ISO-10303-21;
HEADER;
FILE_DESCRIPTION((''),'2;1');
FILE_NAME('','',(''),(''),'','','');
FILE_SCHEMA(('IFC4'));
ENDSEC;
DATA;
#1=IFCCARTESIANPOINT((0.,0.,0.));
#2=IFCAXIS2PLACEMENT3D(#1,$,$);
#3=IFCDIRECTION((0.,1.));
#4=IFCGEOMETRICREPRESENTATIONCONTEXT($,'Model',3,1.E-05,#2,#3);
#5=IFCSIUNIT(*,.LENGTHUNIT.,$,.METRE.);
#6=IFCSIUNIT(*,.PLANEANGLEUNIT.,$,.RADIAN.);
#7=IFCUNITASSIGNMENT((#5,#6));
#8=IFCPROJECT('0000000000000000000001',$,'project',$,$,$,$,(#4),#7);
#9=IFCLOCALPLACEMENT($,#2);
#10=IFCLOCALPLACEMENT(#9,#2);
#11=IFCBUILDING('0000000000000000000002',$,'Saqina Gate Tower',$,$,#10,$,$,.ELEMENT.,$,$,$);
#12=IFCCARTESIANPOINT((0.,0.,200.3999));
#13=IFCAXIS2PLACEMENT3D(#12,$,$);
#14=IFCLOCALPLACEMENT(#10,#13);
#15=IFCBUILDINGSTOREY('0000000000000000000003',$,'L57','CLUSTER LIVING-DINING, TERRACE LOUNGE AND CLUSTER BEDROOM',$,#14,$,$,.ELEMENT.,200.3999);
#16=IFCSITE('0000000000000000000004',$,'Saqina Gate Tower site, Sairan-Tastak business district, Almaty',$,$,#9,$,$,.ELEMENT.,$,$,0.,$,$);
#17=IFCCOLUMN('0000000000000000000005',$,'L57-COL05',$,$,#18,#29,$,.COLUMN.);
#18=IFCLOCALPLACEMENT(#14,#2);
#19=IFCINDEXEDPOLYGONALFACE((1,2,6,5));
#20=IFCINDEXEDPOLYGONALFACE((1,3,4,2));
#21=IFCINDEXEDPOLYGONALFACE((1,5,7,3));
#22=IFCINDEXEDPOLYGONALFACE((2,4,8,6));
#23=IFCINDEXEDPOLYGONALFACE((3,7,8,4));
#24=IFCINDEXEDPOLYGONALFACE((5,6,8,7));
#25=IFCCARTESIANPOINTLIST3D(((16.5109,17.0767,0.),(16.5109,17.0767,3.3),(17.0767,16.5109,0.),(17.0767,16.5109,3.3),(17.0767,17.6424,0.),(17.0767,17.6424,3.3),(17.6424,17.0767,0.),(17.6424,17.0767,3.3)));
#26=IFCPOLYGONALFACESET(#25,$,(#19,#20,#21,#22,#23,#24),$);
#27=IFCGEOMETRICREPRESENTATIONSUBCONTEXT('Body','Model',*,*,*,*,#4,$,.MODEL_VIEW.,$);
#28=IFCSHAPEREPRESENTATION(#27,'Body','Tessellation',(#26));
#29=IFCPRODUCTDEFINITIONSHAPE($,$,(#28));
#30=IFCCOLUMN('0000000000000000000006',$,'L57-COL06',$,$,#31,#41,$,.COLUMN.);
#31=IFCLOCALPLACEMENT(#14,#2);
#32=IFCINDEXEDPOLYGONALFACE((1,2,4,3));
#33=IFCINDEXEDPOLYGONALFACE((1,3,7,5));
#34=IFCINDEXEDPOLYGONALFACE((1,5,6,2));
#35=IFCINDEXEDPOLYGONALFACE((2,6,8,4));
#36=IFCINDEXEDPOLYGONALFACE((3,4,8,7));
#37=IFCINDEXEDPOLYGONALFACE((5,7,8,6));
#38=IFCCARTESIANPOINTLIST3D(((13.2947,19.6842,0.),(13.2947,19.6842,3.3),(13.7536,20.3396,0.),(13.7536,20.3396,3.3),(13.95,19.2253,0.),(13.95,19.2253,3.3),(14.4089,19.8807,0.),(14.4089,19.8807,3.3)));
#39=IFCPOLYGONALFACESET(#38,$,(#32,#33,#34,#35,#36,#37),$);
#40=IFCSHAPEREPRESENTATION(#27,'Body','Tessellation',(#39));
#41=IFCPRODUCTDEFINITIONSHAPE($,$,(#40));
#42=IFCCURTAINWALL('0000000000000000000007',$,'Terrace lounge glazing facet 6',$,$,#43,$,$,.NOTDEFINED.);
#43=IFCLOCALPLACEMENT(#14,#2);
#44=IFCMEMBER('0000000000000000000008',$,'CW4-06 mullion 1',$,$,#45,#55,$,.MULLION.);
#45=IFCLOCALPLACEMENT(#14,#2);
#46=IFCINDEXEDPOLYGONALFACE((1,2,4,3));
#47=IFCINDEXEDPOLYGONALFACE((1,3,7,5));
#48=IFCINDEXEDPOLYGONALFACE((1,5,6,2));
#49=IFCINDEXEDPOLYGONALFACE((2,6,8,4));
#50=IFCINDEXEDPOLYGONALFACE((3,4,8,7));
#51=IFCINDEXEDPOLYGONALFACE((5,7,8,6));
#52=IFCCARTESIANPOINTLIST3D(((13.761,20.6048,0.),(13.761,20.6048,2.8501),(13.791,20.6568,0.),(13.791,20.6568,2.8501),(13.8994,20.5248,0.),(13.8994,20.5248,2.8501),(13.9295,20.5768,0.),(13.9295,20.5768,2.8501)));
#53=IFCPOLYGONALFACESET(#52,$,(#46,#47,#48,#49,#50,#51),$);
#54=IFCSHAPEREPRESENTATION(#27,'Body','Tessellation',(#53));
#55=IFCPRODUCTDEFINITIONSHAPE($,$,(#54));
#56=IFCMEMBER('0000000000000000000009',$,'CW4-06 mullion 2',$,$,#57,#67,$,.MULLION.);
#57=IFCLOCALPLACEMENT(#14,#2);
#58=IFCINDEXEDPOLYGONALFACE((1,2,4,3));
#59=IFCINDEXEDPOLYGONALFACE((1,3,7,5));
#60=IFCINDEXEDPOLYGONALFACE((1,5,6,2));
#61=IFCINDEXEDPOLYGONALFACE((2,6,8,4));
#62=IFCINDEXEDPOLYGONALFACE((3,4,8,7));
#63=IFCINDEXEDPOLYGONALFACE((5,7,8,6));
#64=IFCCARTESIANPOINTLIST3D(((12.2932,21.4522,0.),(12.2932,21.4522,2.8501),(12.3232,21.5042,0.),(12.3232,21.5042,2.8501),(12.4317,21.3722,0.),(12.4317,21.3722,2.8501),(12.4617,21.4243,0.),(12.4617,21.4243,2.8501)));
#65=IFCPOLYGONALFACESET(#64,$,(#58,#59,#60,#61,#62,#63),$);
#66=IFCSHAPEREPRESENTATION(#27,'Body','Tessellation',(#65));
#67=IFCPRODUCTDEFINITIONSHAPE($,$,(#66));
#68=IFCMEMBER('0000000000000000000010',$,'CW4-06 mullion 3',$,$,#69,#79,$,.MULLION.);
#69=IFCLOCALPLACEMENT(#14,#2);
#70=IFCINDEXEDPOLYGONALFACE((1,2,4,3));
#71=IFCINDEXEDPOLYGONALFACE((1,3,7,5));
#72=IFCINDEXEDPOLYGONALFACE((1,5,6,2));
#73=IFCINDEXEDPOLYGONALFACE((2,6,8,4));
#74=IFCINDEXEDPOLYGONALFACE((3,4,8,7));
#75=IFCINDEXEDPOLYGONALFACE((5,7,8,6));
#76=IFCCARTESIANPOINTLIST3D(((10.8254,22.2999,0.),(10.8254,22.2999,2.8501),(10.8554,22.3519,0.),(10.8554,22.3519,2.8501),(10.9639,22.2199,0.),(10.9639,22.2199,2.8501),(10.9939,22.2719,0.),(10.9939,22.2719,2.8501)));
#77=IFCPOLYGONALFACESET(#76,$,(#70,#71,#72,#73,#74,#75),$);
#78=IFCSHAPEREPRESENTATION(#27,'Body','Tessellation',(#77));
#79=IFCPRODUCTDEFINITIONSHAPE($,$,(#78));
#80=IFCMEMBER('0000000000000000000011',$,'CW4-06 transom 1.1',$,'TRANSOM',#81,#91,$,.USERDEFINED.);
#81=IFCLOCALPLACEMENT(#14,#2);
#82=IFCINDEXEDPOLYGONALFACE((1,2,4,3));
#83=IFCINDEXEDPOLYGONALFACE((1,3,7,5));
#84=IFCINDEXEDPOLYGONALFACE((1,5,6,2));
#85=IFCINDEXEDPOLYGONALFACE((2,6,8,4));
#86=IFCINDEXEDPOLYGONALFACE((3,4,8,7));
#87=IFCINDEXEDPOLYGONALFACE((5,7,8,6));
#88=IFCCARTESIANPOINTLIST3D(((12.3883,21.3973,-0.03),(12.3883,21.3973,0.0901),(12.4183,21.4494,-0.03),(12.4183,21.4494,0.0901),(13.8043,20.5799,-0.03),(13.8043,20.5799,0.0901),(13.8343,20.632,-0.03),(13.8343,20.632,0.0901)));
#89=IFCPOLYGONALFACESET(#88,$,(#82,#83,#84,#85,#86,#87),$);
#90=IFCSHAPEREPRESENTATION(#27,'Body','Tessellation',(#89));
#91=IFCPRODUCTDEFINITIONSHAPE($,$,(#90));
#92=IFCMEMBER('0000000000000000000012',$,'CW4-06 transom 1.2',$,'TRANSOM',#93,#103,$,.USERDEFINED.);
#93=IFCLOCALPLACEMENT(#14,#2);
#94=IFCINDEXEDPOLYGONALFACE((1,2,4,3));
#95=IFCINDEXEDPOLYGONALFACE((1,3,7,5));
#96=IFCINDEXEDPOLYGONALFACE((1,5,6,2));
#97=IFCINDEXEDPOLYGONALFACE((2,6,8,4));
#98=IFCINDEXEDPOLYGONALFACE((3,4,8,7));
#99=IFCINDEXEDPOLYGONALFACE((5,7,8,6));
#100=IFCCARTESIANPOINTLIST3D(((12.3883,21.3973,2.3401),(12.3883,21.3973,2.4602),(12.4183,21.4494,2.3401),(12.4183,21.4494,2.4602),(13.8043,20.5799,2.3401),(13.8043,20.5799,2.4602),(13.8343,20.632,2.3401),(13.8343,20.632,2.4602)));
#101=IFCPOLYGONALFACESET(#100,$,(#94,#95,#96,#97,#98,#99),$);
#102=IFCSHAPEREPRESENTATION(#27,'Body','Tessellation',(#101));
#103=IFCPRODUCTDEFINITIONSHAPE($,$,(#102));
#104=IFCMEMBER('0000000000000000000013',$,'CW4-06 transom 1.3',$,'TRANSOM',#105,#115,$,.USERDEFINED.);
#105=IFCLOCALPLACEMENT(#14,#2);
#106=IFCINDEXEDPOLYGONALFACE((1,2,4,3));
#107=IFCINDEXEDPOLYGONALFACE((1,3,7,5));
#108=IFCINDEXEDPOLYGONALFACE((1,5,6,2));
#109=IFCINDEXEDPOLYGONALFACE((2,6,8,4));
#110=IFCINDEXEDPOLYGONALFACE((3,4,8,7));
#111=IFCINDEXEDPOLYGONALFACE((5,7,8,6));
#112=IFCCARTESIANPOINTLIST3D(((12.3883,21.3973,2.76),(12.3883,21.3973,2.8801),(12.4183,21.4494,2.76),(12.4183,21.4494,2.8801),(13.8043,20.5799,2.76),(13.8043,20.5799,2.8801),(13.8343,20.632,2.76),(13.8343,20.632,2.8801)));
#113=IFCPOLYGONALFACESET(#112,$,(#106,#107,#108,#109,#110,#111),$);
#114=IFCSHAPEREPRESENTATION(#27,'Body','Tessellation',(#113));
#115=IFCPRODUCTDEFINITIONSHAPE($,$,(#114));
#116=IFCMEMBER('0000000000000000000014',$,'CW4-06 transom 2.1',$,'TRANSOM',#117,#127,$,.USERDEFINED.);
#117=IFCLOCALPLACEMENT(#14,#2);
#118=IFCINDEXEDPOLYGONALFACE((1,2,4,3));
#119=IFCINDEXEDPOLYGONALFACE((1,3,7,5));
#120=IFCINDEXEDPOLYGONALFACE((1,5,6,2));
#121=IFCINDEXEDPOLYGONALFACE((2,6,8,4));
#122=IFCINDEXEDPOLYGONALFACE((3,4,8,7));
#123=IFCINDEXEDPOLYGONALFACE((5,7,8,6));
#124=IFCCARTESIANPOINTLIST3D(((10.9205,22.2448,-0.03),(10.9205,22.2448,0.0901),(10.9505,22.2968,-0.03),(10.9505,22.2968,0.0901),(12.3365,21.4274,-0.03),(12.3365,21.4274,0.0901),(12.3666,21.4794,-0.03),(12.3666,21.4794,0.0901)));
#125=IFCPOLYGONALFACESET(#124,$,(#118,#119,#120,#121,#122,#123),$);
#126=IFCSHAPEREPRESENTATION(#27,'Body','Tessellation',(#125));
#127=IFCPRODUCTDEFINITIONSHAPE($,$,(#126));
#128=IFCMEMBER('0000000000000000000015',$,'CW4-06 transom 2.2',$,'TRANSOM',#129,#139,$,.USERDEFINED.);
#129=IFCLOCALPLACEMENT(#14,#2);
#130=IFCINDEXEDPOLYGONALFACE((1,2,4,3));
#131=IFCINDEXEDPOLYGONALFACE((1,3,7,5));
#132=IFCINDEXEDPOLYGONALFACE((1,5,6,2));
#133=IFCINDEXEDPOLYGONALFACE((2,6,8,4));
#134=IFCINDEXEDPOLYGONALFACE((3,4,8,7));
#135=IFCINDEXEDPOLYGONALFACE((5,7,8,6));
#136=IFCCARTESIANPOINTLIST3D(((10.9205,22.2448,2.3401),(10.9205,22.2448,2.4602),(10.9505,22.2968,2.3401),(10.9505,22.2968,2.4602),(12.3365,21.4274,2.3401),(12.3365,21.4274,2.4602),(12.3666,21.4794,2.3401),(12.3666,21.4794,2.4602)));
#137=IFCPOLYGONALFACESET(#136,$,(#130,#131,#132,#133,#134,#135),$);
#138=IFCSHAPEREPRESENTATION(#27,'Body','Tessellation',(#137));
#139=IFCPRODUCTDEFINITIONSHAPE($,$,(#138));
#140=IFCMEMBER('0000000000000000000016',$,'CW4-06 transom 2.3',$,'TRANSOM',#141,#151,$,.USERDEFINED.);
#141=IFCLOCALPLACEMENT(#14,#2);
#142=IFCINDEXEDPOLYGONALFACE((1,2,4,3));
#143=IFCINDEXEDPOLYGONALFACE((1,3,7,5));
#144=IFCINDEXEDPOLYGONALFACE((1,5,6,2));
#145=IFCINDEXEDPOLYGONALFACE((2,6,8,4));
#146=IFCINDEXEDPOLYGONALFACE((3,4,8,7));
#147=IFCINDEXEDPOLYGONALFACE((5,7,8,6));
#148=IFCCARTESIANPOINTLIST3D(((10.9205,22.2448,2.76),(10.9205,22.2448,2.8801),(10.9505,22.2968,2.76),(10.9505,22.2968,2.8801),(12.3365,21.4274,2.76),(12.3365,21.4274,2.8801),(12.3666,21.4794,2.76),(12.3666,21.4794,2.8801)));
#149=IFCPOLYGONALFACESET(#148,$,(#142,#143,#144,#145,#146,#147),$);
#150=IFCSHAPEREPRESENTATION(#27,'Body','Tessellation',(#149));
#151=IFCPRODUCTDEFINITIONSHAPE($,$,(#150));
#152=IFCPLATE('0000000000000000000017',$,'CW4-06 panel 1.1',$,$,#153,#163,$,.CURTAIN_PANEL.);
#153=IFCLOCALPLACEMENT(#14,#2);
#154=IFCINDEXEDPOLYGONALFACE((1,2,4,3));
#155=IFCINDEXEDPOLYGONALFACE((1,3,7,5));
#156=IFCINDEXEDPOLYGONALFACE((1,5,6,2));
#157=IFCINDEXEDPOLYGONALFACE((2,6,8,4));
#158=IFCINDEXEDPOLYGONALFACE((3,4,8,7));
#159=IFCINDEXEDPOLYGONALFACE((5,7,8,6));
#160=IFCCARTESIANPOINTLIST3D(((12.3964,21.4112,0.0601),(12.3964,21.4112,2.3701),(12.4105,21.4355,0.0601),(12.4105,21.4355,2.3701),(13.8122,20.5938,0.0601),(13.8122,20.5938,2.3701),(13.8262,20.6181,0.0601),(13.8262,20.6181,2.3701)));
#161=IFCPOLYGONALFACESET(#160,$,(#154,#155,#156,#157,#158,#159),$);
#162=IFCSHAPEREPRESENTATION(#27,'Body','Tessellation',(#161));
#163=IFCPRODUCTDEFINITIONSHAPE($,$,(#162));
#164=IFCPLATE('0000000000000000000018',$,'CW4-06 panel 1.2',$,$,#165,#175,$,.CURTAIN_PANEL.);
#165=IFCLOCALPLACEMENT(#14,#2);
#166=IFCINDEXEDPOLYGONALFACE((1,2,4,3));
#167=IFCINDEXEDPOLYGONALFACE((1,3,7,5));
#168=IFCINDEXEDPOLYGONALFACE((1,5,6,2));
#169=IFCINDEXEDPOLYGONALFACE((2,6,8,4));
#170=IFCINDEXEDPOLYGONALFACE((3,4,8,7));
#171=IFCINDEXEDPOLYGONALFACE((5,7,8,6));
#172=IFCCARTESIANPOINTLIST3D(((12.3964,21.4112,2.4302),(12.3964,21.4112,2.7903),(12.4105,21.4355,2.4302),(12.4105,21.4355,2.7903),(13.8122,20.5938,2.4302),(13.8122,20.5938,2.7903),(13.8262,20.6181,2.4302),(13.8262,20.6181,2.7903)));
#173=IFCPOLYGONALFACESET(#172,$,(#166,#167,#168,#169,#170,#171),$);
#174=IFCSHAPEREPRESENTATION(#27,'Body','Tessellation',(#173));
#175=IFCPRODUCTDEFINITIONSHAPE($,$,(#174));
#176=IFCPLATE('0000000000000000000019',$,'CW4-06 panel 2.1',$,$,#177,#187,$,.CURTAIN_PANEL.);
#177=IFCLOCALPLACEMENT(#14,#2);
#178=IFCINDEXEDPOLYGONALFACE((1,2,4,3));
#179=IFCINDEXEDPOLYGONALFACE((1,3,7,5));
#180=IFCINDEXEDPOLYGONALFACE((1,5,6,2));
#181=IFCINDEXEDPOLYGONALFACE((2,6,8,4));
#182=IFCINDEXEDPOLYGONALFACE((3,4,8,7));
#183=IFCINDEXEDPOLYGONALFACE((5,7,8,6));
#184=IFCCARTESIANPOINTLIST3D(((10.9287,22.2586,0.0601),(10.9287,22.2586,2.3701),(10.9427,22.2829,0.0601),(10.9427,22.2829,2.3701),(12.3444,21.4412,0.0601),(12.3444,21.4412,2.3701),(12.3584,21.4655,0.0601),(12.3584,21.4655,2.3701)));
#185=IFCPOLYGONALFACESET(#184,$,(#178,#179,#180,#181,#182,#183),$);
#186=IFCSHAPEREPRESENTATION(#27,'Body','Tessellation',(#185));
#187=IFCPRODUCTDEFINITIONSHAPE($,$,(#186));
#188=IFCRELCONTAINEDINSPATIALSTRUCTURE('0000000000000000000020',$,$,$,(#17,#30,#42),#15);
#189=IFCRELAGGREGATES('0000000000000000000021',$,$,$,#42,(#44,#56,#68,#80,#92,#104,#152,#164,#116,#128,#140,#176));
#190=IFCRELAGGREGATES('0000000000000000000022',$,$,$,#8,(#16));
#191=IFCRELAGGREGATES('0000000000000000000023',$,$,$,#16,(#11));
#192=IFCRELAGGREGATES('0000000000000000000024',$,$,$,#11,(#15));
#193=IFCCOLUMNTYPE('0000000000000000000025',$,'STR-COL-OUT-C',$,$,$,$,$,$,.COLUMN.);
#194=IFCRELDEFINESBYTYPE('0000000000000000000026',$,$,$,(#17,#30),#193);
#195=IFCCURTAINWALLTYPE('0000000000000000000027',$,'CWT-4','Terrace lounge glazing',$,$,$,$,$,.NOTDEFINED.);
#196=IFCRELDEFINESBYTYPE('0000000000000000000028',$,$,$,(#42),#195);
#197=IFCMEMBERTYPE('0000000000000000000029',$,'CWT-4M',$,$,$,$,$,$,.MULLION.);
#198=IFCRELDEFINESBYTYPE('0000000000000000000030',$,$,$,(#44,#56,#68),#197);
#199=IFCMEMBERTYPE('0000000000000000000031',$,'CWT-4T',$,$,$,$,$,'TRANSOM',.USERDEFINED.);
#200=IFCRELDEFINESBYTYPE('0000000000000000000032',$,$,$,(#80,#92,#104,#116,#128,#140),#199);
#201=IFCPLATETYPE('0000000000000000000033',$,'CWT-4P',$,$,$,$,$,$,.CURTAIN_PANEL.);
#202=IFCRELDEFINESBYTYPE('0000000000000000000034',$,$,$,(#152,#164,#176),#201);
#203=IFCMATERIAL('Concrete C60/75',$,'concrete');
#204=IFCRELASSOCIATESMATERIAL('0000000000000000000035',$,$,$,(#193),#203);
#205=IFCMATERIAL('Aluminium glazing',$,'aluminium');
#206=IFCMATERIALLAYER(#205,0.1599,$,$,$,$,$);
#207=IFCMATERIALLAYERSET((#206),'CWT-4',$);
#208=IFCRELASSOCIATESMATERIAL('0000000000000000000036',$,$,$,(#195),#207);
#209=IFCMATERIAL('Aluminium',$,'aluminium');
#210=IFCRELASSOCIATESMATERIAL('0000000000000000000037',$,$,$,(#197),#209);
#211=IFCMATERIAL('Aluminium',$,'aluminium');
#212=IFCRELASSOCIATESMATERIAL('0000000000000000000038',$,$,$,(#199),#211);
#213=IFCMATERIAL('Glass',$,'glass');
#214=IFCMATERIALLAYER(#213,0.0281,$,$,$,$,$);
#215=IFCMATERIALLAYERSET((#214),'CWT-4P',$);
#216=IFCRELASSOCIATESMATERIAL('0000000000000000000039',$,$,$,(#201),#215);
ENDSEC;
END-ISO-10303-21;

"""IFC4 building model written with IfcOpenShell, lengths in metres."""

from ifc_helpers import new_model, si_unit, direction, frame, origin, origin_2d, place, context, subcontext, project, spatial, rectangle, extrude, material, layer, layer_set, material_profile, profile_set, type_object, element, aggregate, save


model = new_model("IFC4")

# Units and contexts
model_context = context("Model", 3, precision=1e-05, world=origin(), true_north=direction((0.0, 1.0)))
body_context = subcontext(model_context, "Body", "Model", "MODEL_VIEW")
ifc_project = project(units=[si_unit("LENGTHUNIT", "METRE"), si_unit("PLANEANGLEUNIT", "RADIAN")], contexts=[model_context])

# Site, building, storey
site_placement = place(None, origin())
site = spatial("IfcSite", under=ifc_project, at=site_placement, Name="Saqina Gate Tower site, Sairan-Tastak business district, Almaty", CompositionType="ELEMENT", RefElevation=0.0)
building_placement = place(site_placement, origin())
building = spatial("IfcBuilding", under=site, at=building_placement, Name="Saqina Gate Tower", CompositionType="ELEMENT")
storey_placement = place(building_placement, frame((0.0, 0.0, 200.3999)))
storey = spatial("IfcBuildingStorey", under=building, at=storey_placement, Name="L57", Description="CLUSTER LIVING-DINING, TERRACE LOUNGE AND CLUSTER BEDROOM", CompositionType="ELEMENT", Elevation=200.3999)

# Columns
ifc_material_1 = material(Name="Concrete C60/75", Category="concrete")
ifc_material_profile_1 = material_profile(ifc_material_1, rectangle(XDim=0.8, YDim=0.8, at=origin_2d()), Name="RC 800x800")
ifc_profile_set_1 = profile_set([ifc_material_profile_1], Name="Concrete C60/75")
column_type = type_object("IfcColumnType", Name="STR-COL-OUT-C", PredefinedType="COLUMN", material=ifc_profile_set_1)
for number, where, z_axis, x_axis, name in (
    (1, (17.0767, 17.0767, 0.0), (0.0, 0.0, 1.0), (0.707107, 0.707107, 0.0), "L57-COL05"),
    (2, (13.8518, 19.7825, 0.0), (0.0, 0.0, 1.0), (0.573576, 0.819152, 0.0), "L57-COL06"),
):
    element("IfcColumn", number, at=place(storey_placement, frame(where, z_axis=z_axis, x_axis=x_axis)), inside=storey, type_object=column_type, Name=name, PredefinedType="COLUMN", context=body_context, shape_type="SweptSolid", body=[
        extrude(rectangle(XDim=0.8, YDim=0.8, at=origin_2d()), origin(), (0.0, 0.0, 1.0), 3.3),
    ])

# Curtain wall, members, plates
ifc_material_2 = material(Name="Aluminium glazing", Category="aluminium")
ifc_layer_1 = layer(ifc_material_2, 0.1599)
ifc_layer_set_1 = layer_set([ifc_layer_1], Name="CWT-4")
curtain_wall_type = type_object("IfcCurtainWallType", Name="CWT-4", Description="Terrace lounge glazing", PredefinedType="NOTDEFINED", material=ifc_layer_set_1)
curtain_wall_placement = place(storey_placement, origin())
curtain_wall = element("IfcCurtainWall", 3, at=curtain_wall_placement, inside=storey, type_object=curtain_wall_type, Name="Terrace lounge glazing facet 6", PredefinedType="NOTDEFINED")
ifc_material_3 = material(Name="Aluminium", Category="aluminium")
ifc_material_profile_2 = material_profile(ifc_material_3, rectangle(XDim=0.0601, YDim=0.1599, at=origin_2d()), Name="Aluminium 60x160")
ifc_profile_set_2 = profile_set([ifc_material_profile_2], Name="Aluminium")
member_type_1 = type_object("IfcMemberType", Name="CWT-4M", PredefinedType="MULLION", material=ifc_profile_set_2)
member_1_placement = place(storey_placement, frame((13.8452, 20.5908, 0.0), z_axis=(0.0, 0.0, 1.0), x_axis=(-0.500014, -0.866017, 0.0)))
member_1 = element("IfcMember", 4, at=member_1_placement, type_object=member_type_1, Name="CW4-06 mullion 1", PredefinedType="MULLION", context=body_context, shape_type="SweptSolid", body=[
    extrude(rectangle(XDim=0.0601, YDim=0.1599, at=origin_2d()), origin(), (0.0, 0.0, 1.0), 2.8501),
])
member_2_placement = place(storey_placement, frame((12.3774, 21.4382, 0.0), z_axis=(0.0, 0.0, 1.0), x_axis=(-0.500014, -0.866017, 0.0)))
member_2 = element("IfcMember", 5, at=member_2_placement, type_object=member_type_1, Name="CW4-06 mullion 2", PredefinedType="MULLION", context=body_context, shape_type="SweptSolid", body=[
    extrude(rectangle(XDim=0.0601, YDim=0.1599, at=origin_2d()), origin(), (0.0, 0.0, 1.0), 2.8501),
])
member_3_placement = place(storey_placement, frame((10.9097, 22.2859, 0.0), z_axis=(0.0, 0.0, 1.0), x_axis=(-0.500014, -0.866017, 0.0)))
member_3 = element("IfcMember", 6, at=member_3_placement, type_object=member_type_1, Name="CW4-06 mullion 3", PredefinedType="MULLION", context=body_context, shape_type="SweptSolid", body=[
    extrude(rectangle(XDim=0.0601, YDim=0.1599, at=origin_2d()), origin(), (0.0, 0.0, 1.0), 2.8501),
])
ifc_material_4 = material(Name="Aluminium", Category="aluminium")
ifc_material_profile_3 = material_profile(ifc_material_4, rectangle(XDim=0.0601, YDim=0.1201, at=origin_2d()), Name="Aluminium 60x120")
ifc_profile_set_3 = profile_set([ifc_material_profile_3], Name="Aluminium")
member_type_2 = type_object("IfcMemberType", Name="CWT-4T", ElementType="TRANSOM", PredefinedType="USERDEFINED", material=ifc_profile_set_3)
member_4_placement = place(storey_placement, frame((13.8193, 20.606, 0.03), z_axis=(-0.866066, 0.499929, 0.0), x_axis=(-0.499929, -0.866066, 0.0)))
member_4 = element("IfcMember", 7, at=member_4_placement, type_object=member_type_2, Name="CW4-06 transom 1.1", ObjectType="TRANSOM", PredefinedType="USERDEFINED", context=body_context, shape_type="SweptSolid", body=[
    extrude(rectangle(XDim=0.0601, YDim=0.1201, at=origin_2d()), origin(), (0.0, 0.0, 1.0), 1.635),
])
member_5_placement = place(storey_placement, frame((13.8193, 20.606, 2.4001), z_axis=(-0.866066, 0.499929, 0.0), x_axis=(-0.499929, -0.866066, 0.0)))
member_5 = element("IfcMember", 8, at=member_5_placement, type_object=member_type_2, Name="CW4-06 transom 1.2", ObjectType="TRANSOM", PredefinedType="USERDEFINED", context=body_context, shape_type="SweptSolid", body=[
    extrude(rectangle(XDim=0.0601, YDim=0.1201, at=origin_2d()), origin(), (0.0, 0.0, 1.0), 1.635),
])
member_6_placement = place(storey_placement, frame((13.8193, 20.606, 2.8201), z_axis=(-0.866066, 0.499929, 0.0), x_axis=(-0.499929, -0.866066, 0.0)))
member_6 = element("IfcMember", 9, at=member_6_placement, type_object=member_type_2, Name="CW4-06 transom 1.3", ObjectType="TRANSOM", PredefinedType="USERDEFINED", context=body_context, shape_type="SweptSolid", body=[
    extrude(rectangle(XDim=0.0601, YDim=0.1201, at=origin_2d()), origin(), (0.0, 0.0, 1.0), 1.635),
])
member_7_placement = place(storey_placement, frame((12.3516, 21.4534, 0.03), z_axis=(-0.866066, 0.499929, 0.0), x_axis=(-0.499929, -0.866066, 0.0)))
member_7 = element("IfcMember", 10, at=member_7_placement, type_object=member_type_2, Name="CW4-06 transom 2.1", ObjectType="TRANSOM", PredefinedType="USERDEFINED", context=body_context, shape_type="SweptSolid", body=[
    extrude(rectangle(XDim=0.0601, YDim=0.1201, at=origin_2d()), origin(), (0.0, 0.0, 1.0), 1.635),
])
member_8_placement = place(storey_placement, frame((12.3516, 21.4534, 2.4001), z_axis=(-0.866066, 0.499929, 0.0), x_axis=(-0.499929, -0.866066, 0.0)))
member_8 = element("IfcMember", 11, at=member_8_placement, type_object=member_type_2, Name="CW4-06 transom 2.2", ObjectType="TRANSOM", PredefinedType="USERDEFINED", context=body_context, shape_type="SweptSolid", body=[
    extrude(rectangle(XDim=0.0601, YDim=0.1201, at=origin_2d()), origin(), (0.0, 0.0, 1.0), 1.635),
])
member_9_placement = place(storey_placement, frame((12.3516, 21.4534, 2.8201), z_axis=(-0.866066, 0.499929, 0.0), x_axis=(-0.499929, -0.866066, 0.0)))
member_9 = element("IfcMember", 12, at=member_9_placement, type_object=member_type_2, Name="CW4-06 transom 2.3", ObjectType="TRANSOM", PredefinedType="USERDEFINED", context=body_context, shape_type="SweptSolid", body=[
    extrude(rectangle(XDim=0.0601, YDim=0.1201, at=origin_2d()), origin(), (0.0, 0.0, 1.0), 1.635),
])
ifc_material_5 = material(Name="Glass", Category="glass")
ifc_layer_2 = layer(ifc_material_5, 0.0281)
ifc_layer_set_2 = layer_set([ifc_layer_2], Name="CWT-4P")
plate_type = type_object("IfcPlateType", Name="CWT-4P", PredefinedType="CURTAIN_PANEL", material=ifc_layer_set_2)
plate_1_placement = place(storey_placement, frame((13.1113, 21.0146, 0.0601), z_axis=(0.0, 0.0, 1.0), x_axis=(-0.866017, 0.500014, 0.0)))
plate_1 = element("IfcPlate", 13, at=plate_1_placement, type_object=plate_type, Name="CW4-06 panel 1.1", PredefinedType="CURTAIN_PANEL", context=body_context, shape_type="SweptSolid", body=[
    extrude(rectangle(XDim=1.6348, YDim=0.0281, at=origin_2d()), origin(), (0.0, 0.0, 1.0), 2.3101),
])
plate_2_placement = place(storey_placement, frame((13.1113, 21.0146, 2.4302), z_axis=(0.0, 0.0, 1.0), x_axis=(-0.866017, 0.500014, 0.0)))
plate_2 = element("IfcPlate", 14, at=plate_2_placement, type_object=plate_type, Name="CW4-06 panel 1.2", PredefinedType="CURTAIN_PANEL", context=body_context, shape_type="SweptSolid", body=[
    extrude(rectangle(XDim=1.6348, YDim=0.0281, at=origin_2d()), origin(), (0.0, 0.0, 1.0), 0.3601),
])
plate_3_placement = place(storey_placement, frame((11.6436, 21.8621, 0.0601), z_axis=(0.0, 0.0, 1.0), x_axis=(-0.866017, 0.500014, 0.0)))
plate_3 = element("IfcPlate", 15, at=plate_3_placement, type_object=plate_type, Name="CW4-06 panel 2.1", PredefinedType="CURTAIN_PANEL", context=body_context, shape_type="SweptSolid", body=[
    extrude(rectangle(XDim=1.6348, YDim=0.0281, at=origin_2d()), origin(), (0.0, 0.0, 1.0), 2.3101),
])
aggregate(curtain_wall, [member_1, member_2, member_3, member_4, member_5, member_6, plate_1, plate_2, member_7, member_8, member_9, plate_3])

save(model, "model.ifc")
